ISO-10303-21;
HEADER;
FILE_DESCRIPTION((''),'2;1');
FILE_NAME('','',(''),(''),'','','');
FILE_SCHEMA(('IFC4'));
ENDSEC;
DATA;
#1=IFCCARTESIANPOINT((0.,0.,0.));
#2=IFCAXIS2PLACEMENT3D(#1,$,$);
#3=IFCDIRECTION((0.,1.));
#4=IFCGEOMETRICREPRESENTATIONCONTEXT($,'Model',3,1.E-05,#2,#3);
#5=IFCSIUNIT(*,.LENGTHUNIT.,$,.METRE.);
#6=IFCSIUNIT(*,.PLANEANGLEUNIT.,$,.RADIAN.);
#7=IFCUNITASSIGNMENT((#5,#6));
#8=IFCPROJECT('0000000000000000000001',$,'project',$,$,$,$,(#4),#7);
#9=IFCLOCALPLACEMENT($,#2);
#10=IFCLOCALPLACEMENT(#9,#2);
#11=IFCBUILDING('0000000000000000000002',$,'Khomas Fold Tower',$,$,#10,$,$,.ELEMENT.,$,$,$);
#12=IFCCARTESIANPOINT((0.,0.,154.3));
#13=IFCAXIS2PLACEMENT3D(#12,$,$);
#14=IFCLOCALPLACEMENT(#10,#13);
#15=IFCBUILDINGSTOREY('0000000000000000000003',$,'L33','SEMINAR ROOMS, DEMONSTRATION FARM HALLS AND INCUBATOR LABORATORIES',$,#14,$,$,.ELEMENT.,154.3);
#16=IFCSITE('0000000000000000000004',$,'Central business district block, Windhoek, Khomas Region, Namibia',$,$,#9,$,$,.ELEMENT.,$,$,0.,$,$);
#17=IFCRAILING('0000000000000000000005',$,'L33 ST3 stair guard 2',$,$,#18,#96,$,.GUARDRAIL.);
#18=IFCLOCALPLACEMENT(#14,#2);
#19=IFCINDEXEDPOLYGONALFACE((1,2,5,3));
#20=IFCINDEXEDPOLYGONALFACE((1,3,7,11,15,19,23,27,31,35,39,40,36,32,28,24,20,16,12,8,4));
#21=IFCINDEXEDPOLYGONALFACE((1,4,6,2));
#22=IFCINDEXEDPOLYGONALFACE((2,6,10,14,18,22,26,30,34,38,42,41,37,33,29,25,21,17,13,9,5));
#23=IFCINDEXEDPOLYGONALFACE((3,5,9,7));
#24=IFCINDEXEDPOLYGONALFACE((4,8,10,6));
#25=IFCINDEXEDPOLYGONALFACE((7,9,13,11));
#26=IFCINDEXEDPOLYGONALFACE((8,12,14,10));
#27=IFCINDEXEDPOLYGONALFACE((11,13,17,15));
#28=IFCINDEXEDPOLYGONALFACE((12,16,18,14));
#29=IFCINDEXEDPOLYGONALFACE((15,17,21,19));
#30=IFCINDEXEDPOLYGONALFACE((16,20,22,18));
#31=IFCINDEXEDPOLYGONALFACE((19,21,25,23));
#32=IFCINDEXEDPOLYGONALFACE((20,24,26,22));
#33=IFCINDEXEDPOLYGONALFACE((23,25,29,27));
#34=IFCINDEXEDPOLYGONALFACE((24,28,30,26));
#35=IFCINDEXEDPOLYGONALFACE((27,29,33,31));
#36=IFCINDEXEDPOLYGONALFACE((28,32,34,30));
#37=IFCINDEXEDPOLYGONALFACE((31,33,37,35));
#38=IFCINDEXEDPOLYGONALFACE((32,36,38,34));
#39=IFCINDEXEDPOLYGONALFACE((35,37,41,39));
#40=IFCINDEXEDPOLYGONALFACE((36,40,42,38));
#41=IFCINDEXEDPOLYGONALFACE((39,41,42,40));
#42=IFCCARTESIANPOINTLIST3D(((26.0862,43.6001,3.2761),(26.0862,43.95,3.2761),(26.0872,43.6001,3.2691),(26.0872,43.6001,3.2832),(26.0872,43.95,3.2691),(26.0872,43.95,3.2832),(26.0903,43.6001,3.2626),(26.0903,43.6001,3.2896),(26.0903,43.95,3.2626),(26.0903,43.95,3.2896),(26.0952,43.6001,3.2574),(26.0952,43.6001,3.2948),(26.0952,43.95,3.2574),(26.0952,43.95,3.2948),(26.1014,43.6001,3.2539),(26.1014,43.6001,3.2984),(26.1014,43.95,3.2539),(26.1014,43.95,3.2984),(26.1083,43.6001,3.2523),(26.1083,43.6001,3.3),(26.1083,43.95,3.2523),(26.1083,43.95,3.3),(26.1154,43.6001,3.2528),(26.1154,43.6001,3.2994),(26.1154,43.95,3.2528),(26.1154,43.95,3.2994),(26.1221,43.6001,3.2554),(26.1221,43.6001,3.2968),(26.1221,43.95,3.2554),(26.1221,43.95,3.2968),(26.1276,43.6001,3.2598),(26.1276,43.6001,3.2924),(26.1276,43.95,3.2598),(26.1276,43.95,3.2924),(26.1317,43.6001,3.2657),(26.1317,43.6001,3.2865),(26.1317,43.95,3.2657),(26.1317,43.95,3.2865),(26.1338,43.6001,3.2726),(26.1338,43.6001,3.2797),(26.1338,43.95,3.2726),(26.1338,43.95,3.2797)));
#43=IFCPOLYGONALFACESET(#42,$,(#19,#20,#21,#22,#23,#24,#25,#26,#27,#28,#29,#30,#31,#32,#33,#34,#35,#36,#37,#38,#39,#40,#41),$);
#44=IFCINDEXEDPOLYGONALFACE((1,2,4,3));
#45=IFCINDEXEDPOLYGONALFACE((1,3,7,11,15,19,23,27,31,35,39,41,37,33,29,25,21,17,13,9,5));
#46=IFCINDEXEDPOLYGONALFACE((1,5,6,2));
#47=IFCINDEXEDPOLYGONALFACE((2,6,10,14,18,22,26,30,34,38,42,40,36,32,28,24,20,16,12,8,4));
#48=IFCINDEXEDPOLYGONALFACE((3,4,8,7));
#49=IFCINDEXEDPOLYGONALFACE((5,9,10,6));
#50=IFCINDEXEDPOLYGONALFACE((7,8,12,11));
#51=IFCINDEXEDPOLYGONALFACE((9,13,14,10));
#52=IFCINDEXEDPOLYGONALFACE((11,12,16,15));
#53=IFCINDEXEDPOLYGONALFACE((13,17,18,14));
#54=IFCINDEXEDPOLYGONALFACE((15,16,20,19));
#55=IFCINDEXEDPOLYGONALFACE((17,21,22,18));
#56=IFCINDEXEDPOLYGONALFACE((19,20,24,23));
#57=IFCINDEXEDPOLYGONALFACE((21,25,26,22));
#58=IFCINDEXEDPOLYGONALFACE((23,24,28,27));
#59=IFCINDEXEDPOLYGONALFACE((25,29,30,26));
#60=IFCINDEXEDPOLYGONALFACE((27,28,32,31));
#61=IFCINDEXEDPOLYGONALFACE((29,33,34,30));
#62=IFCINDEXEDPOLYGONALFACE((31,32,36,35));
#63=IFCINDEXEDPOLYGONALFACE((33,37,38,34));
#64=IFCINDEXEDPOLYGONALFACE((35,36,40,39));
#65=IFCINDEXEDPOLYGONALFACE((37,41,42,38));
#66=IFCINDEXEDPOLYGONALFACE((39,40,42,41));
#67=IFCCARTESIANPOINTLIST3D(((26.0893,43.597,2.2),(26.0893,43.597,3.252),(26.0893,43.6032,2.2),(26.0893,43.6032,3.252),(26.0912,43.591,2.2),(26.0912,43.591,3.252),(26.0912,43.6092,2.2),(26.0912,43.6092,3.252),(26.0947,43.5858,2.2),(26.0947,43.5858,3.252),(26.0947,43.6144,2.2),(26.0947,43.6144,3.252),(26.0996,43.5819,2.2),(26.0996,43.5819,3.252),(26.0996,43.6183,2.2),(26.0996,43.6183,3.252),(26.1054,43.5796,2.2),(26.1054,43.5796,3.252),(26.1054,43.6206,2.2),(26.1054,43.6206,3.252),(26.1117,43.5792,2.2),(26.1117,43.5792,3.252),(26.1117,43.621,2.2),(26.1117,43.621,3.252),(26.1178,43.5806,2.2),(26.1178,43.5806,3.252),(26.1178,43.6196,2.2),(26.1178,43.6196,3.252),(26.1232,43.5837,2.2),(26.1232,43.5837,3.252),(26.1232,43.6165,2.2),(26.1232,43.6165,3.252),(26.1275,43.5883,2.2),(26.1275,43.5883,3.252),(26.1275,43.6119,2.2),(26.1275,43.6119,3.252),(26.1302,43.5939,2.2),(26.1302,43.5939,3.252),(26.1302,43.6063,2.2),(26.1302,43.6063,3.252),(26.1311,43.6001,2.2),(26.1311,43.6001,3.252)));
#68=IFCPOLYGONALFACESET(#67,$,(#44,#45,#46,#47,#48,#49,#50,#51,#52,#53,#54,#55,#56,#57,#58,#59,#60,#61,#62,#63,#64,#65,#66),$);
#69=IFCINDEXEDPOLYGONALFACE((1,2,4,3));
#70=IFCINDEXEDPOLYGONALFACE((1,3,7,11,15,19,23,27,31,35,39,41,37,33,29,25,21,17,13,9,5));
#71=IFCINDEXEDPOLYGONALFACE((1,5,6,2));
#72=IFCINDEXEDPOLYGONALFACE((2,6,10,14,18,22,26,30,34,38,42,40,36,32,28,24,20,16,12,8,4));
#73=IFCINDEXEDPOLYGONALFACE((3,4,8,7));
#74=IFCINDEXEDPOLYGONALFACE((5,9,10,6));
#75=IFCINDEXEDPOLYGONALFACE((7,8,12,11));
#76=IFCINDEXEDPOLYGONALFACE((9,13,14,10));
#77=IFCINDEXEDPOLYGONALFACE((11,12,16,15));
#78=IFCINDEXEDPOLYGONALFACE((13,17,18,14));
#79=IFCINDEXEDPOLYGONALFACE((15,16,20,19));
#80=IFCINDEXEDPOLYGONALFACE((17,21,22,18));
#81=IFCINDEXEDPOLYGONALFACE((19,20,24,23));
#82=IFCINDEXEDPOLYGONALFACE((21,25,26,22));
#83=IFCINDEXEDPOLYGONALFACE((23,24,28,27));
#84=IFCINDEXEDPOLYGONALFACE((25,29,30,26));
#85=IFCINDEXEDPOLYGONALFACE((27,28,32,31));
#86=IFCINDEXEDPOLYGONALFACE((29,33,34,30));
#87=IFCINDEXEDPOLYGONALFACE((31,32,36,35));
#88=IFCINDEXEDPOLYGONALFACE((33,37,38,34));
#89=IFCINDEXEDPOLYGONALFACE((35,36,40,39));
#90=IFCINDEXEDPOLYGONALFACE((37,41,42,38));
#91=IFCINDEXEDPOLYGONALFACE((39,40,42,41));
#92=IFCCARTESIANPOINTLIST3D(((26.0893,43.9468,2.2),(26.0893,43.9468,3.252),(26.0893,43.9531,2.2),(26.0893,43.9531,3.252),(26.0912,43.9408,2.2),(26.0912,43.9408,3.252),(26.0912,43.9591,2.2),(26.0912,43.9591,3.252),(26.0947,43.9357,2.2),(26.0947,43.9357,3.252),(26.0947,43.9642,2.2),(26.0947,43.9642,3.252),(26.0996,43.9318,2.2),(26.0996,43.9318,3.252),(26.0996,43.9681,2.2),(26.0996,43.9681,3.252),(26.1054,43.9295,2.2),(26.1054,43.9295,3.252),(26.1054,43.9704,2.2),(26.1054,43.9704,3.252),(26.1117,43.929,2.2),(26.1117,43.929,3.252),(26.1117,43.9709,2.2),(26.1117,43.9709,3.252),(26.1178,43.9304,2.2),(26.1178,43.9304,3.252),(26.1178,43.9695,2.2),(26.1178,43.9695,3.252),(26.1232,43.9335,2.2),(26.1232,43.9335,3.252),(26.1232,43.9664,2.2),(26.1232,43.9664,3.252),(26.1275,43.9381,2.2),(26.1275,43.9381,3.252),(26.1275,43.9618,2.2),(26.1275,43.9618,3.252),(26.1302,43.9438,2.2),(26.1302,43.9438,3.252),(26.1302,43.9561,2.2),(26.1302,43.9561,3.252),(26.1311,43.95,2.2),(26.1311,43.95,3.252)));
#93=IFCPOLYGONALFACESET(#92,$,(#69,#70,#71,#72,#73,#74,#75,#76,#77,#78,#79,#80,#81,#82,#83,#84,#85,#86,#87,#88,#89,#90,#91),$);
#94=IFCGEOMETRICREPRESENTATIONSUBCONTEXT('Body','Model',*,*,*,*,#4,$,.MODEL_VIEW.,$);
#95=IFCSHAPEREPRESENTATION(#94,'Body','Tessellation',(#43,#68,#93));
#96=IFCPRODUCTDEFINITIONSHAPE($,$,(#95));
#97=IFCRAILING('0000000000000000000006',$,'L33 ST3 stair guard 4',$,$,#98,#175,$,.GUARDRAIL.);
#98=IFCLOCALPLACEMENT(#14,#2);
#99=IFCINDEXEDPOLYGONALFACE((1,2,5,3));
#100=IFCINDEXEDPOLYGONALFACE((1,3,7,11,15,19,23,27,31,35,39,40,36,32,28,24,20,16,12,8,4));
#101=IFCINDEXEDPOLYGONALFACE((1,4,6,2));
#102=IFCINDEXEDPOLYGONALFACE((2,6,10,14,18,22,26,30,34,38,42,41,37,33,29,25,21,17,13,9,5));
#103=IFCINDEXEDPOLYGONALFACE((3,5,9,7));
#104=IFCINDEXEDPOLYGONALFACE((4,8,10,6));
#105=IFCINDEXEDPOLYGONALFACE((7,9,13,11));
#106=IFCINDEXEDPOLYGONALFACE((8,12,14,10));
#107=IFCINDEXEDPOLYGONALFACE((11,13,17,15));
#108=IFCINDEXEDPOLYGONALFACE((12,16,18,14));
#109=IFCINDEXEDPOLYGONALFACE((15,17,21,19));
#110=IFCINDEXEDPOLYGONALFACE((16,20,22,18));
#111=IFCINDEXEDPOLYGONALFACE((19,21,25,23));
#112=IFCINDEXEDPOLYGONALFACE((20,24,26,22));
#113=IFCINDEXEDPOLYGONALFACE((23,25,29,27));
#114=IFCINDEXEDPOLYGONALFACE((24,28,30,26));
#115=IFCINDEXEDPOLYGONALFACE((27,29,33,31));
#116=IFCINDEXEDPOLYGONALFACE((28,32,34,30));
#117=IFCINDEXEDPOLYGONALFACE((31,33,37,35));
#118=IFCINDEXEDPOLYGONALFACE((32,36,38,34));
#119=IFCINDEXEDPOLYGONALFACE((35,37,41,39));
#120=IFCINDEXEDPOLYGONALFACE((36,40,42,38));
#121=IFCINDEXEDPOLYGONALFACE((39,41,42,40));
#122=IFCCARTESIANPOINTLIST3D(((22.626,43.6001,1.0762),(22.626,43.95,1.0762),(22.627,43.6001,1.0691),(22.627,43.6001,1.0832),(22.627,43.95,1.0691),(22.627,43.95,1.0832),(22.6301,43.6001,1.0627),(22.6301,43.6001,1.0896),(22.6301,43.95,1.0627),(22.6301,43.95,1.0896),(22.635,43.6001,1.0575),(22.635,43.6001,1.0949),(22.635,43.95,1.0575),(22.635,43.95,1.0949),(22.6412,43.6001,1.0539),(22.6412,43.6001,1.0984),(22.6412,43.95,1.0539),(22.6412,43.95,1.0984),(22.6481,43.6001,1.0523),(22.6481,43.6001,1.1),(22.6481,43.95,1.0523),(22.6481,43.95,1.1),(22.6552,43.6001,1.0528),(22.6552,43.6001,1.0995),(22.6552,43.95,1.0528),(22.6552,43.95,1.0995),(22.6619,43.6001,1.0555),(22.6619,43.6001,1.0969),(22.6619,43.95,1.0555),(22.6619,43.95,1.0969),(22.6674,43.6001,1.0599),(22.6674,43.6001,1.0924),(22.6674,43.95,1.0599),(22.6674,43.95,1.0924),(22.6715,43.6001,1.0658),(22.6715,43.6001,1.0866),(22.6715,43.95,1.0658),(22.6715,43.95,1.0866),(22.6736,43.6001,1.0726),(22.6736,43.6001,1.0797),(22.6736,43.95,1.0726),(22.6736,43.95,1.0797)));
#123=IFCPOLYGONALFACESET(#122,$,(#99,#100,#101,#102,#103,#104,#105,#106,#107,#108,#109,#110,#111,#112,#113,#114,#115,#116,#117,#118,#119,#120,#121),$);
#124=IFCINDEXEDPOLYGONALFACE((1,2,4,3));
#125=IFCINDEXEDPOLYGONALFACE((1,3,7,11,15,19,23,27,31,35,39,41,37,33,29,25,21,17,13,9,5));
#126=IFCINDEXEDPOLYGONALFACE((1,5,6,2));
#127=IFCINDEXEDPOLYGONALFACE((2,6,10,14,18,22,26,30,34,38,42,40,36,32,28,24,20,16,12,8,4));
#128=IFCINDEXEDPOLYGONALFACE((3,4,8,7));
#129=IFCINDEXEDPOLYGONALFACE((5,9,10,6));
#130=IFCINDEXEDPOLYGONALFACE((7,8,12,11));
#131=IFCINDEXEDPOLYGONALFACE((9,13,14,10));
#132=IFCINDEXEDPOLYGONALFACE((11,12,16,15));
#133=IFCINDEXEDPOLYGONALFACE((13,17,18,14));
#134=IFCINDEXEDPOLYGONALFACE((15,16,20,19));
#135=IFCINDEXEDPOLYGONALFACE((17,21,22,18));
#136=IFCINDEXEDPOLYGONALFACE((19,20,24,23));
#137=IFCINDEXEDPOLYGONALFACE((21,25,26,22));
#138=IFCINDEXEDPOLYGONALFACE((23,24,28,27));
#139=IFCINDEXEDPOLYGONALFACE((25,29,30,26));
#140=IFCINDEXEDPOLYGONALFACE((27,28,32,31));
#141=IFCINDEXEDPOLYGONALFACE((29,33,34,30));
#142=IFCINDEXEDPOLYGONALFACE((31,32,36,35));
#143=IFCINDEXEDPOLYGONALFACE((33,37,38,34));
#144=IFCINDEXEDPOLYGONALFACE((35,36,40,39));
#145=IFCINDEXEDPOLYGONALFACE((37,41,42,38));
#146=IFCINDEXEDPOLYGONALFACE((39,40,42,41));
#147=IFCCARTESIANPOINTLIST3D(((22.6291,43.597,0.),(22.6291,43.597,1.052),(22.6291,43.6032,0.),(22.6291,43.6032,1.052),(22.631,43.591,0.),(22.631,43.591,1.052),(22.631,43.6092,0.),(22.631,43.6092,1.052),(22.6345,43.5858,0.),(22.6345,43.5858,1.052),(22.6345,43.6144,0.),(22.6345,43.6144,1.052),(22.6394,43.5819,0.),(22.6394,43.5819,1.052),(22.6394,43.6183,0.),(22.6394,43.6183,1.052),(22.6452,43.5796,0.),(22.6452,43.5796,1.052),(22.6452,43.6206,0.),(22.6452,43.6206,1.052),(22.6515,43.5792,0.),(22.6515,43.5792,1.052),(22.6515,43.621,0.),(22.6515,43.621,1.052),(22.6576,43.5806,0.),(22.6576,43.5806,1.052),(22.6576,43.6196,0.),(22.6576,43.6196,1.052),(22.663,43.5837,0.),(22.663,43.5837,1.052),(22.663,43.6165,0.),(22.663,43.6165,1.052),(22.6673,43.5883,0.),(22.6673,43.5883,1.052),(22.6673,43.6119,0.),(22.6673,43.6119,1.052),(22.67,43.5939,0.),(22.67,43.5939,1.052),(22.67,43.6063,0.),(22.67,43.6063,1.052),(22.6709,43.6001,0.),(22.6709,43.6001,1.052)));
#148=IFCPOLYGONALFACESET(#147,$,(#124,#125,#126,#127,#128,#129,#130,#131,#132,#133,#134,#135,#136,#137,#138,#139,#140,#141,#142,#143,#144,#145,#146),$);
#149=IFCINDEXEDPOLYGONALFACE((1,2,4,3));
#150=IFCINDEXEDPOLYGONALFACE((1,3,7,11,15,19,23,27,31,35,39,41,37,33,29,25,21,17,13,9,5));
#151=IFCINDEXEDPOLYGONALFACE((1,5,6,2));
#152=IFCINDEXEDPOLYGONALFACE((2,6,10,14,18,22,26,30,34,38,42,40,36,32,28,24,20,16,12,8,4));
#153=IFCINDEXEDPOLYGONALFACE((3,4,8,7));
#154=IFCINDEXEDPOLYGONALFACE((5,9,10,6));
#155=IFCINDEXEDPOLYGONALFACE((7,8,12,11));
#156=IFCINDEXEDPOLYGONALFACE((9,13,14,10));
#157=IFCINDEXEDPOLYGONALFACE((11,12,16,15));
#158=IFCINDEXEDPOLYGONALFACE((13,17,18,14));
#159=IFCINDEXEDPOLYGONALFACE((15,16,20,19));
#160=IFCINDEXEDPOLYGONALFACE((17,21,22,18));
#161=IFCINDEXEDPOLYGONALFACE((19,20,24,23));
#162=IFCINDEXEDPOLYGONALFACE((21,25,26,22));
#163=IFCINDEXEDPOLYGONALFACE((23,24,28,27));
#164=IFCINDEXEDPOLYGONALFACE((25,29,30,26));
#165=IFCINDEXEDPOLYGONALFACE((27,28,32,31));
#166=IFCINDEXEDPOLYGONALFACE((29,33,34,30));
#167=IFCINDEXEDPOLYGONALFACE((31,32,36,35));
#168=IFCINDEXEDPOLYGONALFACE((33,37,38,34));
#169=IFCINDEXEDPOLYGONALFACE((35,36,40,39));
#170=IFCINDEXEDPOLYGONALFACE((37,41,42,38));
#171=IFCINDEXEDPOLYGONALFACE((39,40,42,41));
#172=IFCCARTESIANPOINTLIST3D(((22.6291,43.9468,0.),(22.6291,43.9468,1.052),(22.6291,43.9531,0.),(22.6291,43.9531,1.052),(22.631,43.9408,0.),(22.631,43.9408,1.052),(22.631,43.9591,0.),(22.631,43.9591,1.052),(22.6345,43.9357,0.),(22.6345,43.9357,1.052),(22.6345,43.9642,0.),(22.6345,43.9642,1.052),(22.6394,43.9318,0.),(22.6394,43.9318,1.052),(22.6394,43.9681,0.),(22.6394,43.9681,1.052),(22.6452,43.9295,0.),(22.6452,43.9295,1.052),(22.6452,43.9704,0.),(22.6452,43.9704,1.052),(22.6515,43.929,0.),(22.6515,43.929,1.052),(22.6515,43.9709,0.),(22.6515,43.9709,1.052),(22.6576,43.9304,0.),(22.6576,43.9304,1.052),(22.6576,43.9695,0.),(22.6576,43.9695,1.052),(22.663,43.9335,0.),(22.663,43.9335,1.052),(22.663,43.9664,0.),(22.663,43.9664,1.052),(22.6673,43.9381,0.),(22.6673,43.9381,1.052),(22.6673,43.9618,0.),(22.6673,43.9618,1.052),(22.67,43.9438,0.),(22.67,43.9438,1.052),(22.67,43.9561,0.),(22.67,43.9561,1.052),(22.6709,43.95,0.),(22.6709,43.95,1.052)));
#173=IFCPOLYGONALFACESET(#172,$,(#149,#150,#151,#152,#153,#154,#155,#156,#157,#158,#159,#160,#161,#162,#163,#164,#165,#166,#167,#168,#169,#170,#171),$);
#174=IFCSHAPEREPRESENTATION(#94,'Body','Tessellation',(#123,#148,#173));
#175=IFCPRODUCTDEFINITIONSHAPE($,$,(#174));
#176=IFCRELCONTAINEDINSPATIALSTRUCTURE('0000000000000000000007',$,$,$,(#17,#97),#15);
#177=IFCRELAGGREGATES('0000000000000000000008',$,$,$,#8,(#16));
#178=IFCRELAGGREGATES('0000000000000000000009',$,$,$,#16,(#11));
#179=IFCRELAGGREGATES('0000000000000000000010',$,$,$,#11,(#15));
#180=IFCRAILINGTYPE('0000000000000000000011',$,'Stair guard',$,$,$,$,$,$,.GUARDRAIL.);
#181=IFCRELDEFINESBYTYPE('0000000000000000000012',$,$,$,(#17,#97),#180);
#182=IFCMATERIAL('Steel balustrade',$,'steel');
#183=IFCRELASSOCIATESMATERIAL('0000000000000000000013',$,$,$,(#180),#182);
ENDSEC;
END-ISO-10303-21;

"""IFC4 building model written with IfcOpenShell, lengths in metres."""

from ifc_helpers import new_model, si_unit, direction, frame, origin, origin_2d, place, context, subcontext, project, spatial, circle, extrude, source, transform, mapped, material, type_object, element, save


model = new_model("IFC4")

# Units and contexts
model_context = context("Model", 3, precision=1e-05, world=origin(), true_north=direction((0.0, 1.0)))
body_context = subcontext(model_context, "Body", "Model", "MODEL_VIEW")
ifc_project = project(units=[si_unit("LENGTHUNIT", "METRE"), si_unit("PLANEANGLEUNIT", "RADIAN")], contexts=[model_context])

# Site, building, storey
site_placement = place(None, origin())
site = spatial("IfcSite", under=ifc_project, at=site_placement, Name="Central business district block, Windhoek, Khomas Region, Namibia", CompositionType="ELEMENT", RefElevation=0.0)
building_placement = place(site_placement, origin())
building = spatial("IfcBuilding", under=site, at=building_placement, Name="Khomas Fold Tower", CompositionType="ELEMENT")
storey_placement = place(building_placement, frame((0.0, 0.0, 154.3)))
storey = spatial("IfcBuildingStorey", under=building, at=storey_placement, Name="L33", Description="SEMINAR ROOMS, DEMONSTRATION FARM HALLS AND INCUBATOR LABORATORIES", CompositionType="ELEMENT", Elevation=154.3)

# Railings
ifc_material_1 = material(Name="Steel balustrade", Category="steel")
railing_type_1 = type_object("IfcRailingType", Name="Stair guard", PredefinedType="GUARDRAIL", material=ifc_material_1)
shared_shape_1 = source(origin(), body_context, "Body", "SweptSolid", [
    extrude(circle(Radius=0.0239, at=origin_2d()), frame((0.0, 0.0, 1.0762), z_axis=(0.0, 1.0, 0.0), x_axis=(-1.0, 0.0, 0.0)), (0.0, 0.0, 1.0), 0.3499),
    extrude(circle(Radius=0.021, at=origin_2d()), origin(), (0.0, 0.0, 1.0), 1.052),
    extrude(circle(Radius=0.021, at=origin_2d()), frame((0.0, 0.3499, 0.0)), (0.0, 0.0, 1.0), 1.052),
])
for number, where, name in (
    (1, (26.1101, 43.6001, 2.2), "L33 ST3 stair guard 2"),
    (2, (22.6499, 43.6001, 0.0), "L33 ST3 stair guard 4"),
):
    element("IfcRailing", number, at=place(storey_placement, frame(where)), inside=storey, type_object=railing_type_1, Name=name, PredefinedType="GUARDRAIL", context=body_context, shape_type="MappedRepresentation", body=[
        mapped(shared_shape_1, transform((0.0, 0.0, 0.0))),
    ])

save(model, "model.ifc")
